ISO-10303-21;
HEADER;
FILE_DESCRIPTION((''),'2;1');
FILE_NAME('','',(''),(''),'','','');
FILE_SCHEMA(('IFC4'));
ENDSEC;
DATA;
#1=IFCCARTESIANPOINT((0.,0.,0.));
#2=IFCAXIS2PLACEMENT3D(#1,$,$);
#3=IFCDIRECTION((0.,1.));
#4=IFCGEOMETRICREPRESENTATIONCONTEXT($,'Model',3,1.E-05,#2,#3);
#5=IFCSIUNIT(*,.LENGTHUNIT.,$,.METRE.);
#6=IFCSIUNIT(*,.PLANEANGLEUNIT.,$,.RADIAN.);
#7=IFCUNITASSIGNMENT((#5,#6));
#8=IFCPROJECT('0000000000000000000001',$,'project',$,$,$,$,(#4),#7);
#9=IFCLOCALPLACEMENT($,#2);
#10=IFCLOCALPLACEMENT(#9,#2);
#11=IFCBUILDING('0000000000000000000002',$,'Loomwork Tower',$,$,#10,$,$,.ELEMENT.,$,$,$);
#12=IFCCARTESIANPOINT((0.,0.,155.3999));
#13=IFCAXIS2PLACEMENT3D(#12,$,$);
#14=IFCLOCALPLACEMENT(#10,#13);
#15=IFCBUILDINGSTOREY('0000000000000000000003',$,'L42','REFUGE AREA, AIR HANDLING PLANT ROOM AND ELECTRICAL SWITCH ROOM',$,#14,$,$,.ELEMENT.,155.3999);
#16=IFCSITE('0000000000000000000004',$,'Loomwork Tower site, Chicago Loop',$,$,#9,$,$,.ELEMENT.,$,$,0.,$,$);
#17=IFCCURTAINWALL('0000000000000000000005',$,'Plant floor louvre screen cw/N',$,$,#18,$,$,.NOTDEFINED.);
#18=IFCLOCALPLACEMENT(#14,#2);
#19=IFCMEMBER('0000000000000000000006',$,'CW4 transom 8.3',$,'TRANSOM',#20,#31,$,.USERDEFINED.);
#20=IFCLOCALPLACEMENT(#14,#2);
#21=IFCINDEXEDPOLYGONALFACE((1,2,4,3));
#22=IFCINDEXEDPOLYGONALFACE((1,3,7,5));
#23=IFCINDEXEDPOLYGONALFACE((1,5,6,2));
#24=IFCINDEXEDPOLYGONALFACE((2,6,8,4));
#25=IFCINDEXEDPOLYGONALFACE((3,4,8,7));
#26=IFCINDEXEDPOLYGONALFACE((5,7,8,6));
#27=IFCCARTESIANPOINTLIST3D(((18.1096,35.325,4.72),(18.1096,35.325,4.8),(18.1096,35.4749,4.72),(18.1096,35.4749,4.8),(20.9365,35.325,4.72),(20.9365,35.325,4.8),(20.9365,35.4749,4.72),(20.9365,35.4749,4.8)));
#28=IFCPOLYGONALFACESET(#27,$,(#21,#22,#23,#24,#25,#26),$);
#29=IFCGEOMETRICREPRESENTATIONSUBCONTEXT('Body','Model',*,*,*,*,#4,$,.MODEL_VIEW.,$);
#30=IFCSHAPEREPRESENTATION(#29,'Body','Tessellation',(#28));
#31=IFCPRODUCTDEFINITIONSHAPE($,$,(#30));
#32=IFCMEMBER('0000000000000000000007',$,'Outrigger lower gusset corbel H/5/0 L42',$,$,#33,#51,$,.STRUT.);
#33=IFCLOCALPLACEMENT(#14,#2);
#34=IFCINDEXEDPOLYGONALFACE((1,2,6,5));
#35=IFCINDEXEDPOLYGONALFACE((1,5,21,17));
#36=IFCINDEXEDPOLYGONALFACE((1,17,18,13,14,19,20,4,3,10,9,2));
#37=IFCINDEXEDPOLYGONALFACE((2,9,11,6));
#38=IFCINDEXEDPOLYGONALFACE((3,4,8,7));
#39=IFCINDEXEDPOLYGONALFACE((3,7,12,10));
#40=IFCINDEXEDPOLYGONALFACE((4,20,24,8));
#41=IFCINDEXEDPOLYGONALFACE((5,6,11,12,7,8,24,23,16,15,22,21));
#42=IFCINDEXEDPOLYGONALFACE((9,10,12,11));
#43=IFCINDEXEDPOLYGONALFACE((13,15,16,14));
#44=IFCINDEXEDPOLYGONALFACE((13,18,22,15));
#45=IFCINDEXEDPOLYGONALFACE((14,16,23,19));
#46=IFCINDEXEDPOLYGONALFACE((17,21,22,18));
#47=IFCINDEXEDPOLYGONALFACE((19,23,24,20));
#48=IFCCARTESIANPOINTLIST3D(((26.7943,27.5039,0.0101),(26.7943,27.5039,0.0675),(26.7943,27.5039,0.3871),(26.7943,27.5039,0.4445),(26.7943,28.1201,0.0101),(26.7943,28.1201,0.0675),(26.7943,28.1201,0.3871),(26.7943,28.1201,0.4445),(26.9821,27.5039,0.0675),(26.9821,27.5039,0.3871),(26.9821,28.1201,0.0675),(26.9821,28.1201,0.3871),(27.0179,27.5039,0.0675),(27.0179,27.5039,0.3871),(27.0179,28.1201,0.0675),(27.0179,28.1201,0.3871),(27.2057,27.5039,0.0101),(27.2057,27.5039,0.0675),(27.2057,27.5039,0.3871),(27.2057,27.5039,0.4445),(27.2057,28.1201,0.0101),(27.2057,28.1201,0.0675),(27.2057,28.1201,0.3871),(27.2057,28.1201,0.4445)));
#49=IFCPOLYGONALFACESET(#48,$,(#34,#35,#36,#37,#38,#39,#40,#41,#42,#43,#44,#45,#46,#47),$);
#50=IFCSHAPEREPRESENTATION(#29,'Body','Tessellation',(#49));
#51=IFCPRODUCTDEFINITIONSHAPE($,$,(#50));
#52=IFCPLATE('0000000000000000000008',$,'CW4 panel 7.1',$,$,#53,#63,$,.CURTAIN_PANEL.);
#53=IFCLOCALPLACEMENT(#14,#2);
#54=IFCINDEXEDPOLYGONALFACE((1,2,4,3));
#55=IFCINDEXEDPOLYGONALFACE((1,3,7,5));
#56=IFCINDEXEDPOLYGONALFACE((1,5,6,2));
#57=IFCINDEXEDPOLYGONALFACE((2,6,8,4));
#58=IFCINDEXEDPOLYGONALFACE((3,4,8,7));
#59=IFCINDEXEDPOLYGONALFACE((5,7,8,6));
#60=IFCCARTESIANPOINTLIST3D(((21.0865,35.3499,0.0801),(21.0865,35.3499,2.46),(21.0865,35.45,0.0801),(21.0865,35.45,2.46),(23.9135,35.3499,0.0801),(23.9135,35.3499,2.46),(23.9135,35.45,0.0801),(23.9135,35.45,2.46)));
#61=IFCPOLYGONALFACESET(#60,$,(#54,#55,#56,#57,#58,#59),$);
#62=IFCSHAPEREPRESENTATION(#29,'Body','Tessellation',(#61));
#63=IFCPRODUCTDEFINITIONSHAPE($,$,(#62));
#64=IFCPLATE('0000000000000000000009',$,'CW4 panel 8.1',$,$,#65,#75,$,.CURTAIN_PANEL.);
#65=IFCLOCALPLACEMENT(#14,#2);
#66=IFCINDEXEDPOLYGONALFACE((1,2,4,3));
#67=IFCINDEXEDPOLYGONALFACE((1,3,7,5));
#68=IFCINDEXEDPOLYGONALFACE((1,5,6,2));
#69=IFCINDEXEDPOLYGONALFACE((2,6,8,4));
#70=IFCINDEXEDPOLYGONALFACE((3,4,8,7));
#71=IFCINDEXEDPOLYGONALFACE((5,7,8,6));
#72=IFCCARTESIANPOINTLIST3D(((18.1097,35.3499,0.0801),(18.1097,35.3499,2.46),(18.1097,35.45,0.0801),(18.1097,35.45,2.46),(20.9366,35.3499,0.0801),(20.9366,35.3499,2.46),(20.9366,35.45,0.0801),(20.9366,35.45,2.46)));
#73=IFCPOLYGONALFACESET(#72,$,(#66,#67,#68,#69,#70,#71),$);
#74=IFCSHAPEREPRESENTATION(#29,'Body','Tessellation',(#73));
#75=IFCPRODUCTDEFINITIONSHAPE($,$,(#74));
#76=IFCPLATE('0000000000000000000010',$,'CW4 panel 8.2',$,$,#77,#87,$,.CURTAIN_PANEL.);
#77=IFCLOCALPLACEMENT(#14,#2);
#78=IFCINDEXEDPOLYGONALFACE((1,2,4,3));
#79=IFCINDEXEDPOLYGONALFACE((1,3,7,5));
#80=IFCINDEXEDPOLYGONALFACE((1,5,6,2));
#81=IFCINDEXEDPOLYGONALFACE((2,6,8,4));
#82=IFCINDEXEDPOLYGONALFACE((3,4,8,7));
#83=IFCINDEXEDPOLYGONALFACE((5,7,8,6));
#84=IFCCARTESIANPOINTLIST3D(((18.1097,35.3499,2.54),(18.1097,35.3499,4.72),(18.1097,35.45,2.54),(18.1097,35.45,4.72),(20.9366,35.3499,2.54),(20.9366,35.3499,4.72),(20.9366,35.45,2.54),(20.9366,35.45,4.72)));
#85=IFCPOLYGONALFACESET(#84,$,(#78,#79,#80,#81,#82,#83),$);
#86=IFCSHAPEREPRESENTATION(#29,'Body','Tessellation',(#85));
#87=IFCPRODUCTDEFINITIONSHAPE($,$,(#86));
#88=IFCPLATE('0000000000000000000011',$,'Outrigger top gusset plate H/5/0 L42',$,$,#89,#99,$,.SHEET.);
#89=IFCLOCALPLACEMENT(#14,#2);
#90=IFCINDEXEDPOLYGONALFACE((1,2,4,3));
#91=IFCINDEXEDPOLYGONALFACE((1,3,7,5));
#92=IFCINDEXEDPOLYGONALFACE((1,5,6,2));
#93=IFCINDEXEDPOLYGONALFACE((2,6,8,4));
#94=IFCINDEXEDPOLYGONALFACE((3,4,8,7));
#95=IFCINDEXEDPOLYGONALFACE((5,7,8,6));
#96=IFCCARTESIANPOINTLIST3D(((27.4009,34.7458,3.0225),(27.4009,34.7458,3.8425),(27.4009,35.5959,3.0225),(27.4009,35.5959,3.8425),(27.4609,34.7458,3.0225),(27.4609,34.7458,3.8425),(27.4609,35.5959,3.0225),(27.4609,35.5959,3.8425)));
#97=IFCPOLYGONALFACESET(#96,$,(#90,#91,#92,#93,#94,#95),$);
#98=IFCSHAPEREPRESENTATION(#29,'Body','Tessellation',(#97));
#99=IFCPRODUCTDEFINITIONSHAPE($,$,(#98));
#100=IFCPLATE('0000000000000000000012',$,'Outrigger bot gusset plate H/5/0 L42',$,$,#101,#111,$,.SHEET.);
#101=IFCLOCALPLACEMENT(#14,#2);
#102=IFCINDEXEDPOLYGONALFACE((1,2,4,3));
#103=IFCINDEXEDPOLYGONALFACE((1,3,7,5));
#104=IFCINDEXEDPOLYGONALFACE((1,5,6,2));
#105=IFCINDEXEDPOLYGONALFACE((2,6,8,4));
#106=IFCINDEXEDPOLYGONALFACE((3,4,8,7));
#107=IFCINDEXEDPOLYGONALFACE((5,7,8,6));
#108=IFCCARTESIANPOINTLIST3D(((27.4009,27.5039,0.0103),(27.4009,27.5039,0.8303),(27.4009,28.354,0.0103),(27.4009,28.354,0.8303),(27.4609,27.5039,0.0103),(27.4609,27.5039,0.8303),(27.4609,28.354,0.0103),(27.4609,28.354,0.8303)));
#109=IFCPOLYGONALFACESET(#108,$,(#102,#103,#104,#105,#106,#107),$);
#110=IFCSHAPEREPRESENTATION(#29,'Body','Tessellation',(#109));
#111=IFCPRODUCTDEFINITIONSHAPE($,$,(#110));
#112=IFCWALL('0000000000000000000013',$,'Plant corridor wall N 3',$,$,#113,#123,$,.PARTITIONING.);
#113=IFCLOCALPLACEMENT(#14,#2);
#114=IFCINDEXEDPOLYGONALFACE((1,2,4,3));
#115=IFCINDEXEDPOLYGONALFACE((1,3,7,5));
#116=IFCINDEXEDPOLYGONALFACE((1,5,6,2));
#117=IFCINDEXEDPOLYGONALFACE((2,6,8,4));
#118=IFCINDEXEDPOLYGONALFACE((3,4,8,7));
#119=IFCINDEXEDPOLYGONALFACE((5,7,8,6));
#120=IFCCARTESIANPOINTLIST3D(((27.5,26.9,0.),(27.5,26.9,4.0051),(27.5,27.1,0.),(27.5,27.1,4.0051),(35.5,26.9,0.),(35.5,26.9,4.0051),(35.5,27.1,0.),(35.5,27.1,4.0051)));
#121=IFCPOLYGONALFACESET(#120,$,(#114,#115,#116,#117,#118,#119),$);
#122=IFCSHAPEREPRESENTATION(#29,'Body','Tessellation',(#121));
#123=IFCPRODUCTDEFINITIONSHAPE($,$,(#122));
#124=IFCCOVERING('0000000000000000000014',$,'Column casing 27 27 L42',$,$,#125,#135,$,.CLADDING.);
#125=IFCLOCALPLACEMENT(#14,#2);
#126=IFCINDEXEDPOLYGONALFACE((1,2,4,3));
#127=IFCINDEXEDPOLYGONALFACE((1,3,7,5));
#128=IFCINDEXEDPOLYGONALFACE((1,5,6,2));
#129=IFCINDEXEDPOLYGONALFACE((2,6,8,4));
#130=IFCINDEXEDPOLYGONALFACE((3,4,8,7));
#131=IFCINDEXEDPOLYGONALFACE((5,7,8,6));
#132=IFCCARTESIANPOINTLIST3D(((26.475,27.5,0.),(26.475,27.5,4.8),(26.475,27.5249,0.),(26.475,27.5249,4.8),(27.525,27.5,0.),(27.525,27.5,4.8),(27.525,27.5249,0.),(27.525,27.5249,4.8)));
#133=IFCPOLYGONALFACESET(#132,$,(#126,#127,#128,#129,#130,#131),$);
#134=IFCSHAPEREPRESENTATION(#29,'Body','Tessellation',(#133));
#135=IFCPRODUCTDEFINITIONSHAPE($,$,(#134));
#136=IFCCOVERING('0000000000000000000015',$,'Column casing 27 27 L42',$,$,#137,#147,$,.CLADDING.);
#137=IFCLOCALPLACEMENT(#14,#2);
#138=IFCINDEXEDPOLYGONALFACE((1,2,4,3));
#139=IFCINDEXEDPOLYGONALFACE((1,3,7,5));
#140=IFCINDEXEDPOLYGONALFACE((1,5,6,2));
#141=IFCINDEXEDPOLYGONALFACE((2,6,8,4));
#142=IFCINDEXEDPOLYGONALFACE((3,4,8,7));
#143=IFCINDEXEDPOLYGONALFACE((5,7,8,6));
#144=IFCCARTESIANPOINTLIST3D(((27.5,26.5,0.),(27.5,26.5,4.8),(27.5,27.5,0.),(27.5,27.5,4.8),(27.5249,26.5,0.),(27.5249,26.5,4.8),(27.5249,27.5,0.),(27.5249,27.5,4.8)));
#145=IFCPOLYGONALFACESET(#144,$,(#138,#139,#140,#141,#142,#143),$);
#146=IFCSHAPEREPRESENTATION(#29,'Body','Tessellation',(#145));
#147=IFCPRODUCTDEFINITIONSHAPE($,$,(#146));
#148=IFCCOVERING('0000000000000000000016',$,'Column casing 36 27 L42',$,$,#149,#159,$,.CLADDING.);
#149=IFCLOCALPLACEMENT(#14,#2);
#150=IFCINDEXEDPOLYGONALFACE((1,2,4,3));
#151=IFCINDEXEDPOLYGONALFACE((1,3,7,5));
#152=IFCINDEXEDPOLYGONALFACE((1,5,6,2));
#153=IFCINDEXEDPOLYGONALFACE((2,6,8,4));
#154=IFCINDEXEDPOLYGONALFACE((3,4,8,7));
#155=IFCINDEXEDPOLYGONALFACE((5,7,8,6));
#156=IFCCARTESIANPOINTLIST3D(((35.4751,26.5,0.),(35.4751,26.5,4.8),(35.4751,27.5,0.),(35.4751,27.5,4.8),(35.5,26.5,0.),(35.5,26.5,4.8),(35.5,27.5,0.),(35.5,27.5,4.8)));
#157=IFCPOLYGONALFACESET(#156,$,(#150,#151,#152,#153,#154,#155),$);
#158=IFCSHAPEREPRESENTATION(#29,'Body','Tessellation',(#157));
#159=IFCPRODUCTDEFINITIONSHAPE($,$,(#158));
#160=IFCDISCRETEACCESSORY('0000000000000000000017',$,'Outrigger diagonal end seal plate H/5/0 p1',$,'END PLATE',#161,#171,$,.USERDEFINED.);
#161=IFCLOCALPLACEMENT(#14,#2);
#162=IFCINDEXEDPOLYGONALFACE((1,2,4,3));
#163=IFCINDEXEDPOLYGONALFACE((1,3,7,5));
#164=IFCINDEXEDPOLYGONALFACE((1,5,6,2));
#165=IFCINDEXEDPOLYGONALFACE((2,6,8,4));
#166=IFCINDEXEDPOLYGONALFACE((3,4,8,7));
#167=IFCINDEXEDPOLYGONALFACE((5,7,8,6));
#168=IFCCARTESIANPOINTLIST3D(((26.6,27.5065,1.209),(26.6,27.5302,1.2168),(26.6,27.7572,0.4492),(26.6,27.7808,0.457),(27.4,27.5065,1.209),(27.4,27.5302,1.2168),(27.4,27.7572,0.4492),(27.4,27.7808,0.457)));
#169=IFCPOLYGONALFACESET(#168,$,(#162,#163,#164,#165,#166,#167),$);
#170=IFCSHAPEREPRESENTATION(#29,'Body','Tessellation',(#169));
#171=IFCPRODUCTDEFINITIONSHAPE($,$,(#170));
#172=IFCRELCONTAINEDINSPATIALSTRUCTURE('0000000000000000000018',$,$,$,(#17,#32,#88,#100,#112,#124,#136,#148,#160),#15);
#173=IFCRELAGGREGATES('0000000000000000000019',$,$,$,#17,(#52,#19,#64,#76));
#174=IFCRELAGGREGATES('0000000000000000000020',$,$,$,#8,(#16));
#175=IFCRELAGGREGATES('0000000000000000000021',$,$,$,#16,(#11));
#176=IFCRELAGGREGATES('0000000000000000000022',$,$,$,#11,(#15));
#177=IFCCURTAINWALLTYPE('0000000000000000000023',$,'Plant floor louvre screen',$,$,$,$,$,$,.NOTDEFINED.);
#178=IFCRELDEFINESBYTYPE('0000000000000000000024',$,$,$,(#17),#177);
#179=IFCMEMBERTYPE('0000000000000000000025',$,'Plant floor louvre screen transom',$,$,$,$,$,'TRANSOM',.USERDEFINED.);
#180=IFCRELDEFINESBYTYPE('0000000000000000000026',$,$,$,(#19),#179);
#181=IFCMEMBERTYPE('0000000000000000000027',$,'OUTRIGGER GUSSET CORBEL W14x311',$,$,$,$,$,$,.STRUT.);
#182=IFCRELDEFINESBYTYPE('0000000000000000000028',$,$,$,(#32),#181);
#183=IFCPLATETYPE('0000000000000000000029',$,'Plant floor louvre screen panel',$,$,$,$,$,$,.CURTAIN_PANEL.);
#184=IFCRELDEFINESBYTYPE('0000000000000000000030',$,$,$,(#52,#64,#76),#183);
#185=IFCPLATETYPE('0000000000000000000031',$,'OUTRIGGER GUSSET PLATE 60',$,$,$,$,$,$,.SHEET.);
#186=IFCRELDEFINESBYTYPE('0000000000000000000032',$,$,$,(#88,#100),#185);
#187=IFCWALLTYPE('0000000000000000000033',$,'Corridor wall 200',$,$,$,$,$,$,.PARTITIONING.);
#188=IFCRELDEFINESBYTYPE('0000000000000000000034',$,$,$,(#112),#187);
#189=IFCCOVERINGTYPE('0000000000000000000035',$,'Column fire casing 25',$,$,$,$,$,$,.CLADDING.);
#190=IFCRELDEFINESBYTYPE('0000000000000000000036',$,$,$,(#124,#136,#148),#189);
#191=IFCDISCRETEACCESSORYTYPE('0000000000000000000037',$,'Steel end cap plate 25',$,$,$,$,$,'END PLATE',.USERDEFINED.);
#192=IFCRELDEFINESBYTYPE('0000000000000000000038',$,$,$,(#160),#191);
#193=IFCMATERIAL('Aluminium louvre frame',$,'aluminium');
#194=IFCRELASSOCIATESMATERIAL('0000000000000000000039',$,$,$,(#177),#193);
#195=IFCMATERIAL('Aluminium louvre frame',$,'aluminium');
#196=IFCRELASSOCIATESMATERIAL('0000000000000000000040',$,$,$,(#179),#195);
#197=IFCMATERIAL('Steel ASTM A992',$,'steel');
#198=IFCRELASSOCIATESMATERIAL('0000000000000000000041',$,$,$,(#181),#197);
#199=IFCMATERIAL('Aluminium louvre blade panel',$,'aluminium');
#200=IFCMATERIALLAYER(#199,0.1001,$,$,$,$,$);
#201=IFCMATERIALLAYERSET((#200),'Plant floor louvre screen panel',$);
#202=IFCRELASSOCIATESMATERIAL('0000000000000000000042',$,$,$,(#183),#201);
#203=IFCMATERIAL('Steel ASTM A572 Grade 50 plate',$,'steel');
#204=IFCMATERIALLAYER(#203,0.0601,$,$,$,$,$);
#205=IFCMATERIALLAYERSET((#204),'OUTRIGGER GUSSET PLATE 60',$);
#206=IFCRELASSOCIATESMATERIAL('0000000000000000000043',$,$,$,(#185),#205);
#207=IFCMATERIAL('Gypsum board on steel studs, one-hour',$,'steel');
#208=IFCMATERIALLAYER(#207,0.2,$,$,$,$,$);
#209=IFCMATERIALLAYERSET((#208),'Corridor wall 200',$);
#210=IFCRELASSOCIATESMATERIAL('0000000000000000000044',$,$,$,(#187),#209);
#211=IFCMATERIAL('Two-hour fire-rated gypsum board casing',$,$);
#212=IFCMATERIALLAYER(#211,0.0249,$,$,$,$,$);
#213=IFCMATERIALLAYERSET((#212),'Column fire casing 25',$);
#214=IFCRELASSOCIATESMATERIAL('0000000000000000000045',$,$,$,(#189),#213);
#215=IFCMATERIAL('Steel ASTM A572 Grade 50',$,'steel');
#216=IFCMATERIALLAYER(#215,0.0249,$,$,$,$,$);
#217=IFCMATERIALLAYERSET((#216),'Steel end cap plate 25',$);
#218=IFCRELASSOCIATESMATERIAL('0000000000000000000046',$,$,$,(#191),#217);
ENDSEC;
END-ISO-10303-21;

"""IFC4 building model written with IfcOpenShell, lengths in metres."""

from ifc_helpers import new_model, si_unit, direction, frame, frame_2d, origin, origin_2d, place, context, subcontext, project, spatial, rectangle, i_section, extrude, material, layer, layer_set, material_profile, profile_set, type_object, element, aggregate, save


model = new_model("IFC4")

# Units and contexts
model_context = context("Model", 3, precision=1e-05, world=origin(), true_north=direction((0.0, 1.0)))
body_context = subcontext(model_context, "Body", "Model", "MODEL_VIEW")
ifc_project = project(units=[si_unit("LENGTHUNIT", "METRE"), si_unit("PLANEANGLEUNIT", "RADIAN")], contexts=[model_context])

# Site, building, storey
site_placement = place(None, origin())
site = spatial("IfcSite", under=ifc_project, at=site_placement, Name="Loomwork Tower site, Chicago Loop", CompositionType="ELEMENT", RefElevation=0.0)
building_placement = place(site_placement, origin())
building = spatial("IfcBuilding", under=site, at=building_placement, Name="Loomwork Tower", CompositionType="ELEMENT")
storey_placement = place(building_placement, frame((0.0, 0.0, 155.3999)))
storey = spatial("IfcBuildingStorey", under=building, at=storey_placement, Name="L42", Description="REFUGE AREA, AIR HANDLING PLANT ROOM AND ELECTRICAL SWITCH ROOM", CompositionType="ELEMENT", Elevation=155.3999)

# Curtain wall, member
ifc_material_1 = material(Name="Aluminium louvre frame", Category="aluminium")
curtain_wall_type = type_object("IfcCurtainWallType", Name="Plant floor louvre screen", PredefinedType="NOTDEFINED", material=ifc_material_1)
curtain_wall_placement = place(storey_placement, origin())
curtain_wall = element("IfcCurtainWall", 1, at=curtain_wall_placement, inside=storey, type_object=curtain_wall_type, Name="Plant floor louvre screen cw/N", PredefinedType="NOTDEFINED")
ifc_material_2 = material(Name="Aluminium louvre frame", Category="aluminium")
ifc_material_profile_1 = material_profile(ifc_material_2, rectangle(XDim=0.1499, YDim=0.0801, at=origin_2d()), Name="AL 80x150")
ifc_profile_set_1 = profile_set([ifc_material_profile_1], Name="Aluminium louvre frame")
member_type_1 = type_object("IfcMemberType", Name="Plant floor louvre screen transom", ElementType="TRANSOM", PredefinedType="USERDEFINED", material=ifc_profile_set_1)
member_1_placement = place(storey_placement, frame((20.9365, 35.3999, 4.76), z_axis=(-1.0, 0.0, 0.0), x_axis=(0.0, -1.0, 0.0)))
member_1 = element("IfcMember", 2, at=member_1_placement, type_object=member_type_1, Name="CW4 transom 8.3", ObjectType="TRANSOM", PredefinedType="USERDEFINED", context=body_context, shape_type="SweptSolid", body=[
    extrude(rectangle(XDim=0.1499, YDim=0.0801, at=origin_2d()), origin(), (0.0, 0.0, 1.0), 2.8269),
])

# Member
ifc_material_3 = material(Name="Steel ASTM A992", Category="steel")
ifc_material_profile_2 = material_profile(ifc_material_3, i_section(OverallWidth=0.4114, OverallDepth=0.4343, WebThickness=0.0359, FlangeThickness=0.0574, at=origin_2d()), Name="W14x311")
ifc_profile_set_2 = profile_set([ifc_material_profile_2], Name="Steel ASTM A992")
member_type_2 = type_object("IfcMemberType", Name="OUTRIGGER GUSSET CORBEL W14x311", PredefinedType="STRUT", material=ifc_profile_set_2)
member_2_placement = place(storey_placement, frame((27.0, 27.5039, 0.2273), z_axis=(0.0, 1.0, 0.0), x_axis=(-1.0, 0.0, 0.0)))
element("IfcMember", 3, at=member_2_placement, inside=storey, type_object=member_type_2, Name="Outrigger lower gusset corbel H/5/0 L42", PredefinedType="STRUT", context=body_context, shape_type="SweptSolid", body=[
    extrude(i_section(OverallWidth=0.4114, OverallDepth=0.4343, WebThickness=0.0359, FlangeThickness=0.0574, at=origin_2d()), origin(), (0.0, 0.0, 1.0), 0.6162),
])

# Plates
ifc_material_4 = material(Name="Aluminium louvre blade panel", Category="aluminium")
ifc_layer_1 = layer(ifc_material_4, 0.1001)
ifc_layer_set_1 = layer_set([ifc_layer_1], Name="Plant floor louvre screen panel")
plate_type_1 = type_object("IfcPlateType", Name="Plant floor louvre screen panel", PredefinedType="CURTAIN_PANEL", material=ifc_layer_set_1)
plate_1_placement = place(storey_placement, frame((22.5, 35.3999, 0.0801), z_axis=(0.0, 0.0, 1.0), x_axis=(-1.0, 0.0, 0.0)))
plate_1 = element("IfcPlate", 4, at=plate_1_placement, type_object=plate_type_1, Name="CW4 panel 7.1", PredefinedType="CURTAIN_PANEL", context=body_context, shape_type="SweptSolid", body=[
    extrude(rectangle(XDim=2.8269, YDim=0.1001, at=origin_2d()), origin(), (0.0, 0.0, 1.0), 2.3799),
])
plate_2_placement = place(storey_placement, frame((19.5232, 35.3999, 0.0801), z_axis=(0.0, 0.0, 1.0), x_axis=(-1.0, 0.0, 0.0)))
plate_2 = element("IfcPlate", 5, at=plate_2_placement, type_object=plate_type_1, Name="CW4 panel 8.1", PredefinedType="CURTAIN_PANEL", context=body_context, shape_type="SweptSolid", body=[
    extrude(rectangle(XDim=2.8269, YDim=0.1001, at=origin_2d()), origin(), (0.0, 0.0, 1.0), 2.3799),
])
plate_3_placement = place(storey_placement, frame((19.5232, 35.3999, 2.54), z_axis=(0.0, 0.0, 1.0), x_axis=(-1.0, 0.0, 0.0)))
plate_3 = element("IfcPlate", 6, at=plate_3_placement, type_object=plate_type_1, Name="CW4 panel 8.2", PredefinedType="CURTAIN_PANEL", context=body_context, shape_type="SweptSolid", body=[
    extrude(rectangle(XDim=2.8269, YDim=0.1001, at=origin_2d()), origin(), (0.0, 0.0, 1.0), 2.1799),
])
aggregate(curtain_wall, [plate_1, member_1, plate_2, plate_3])

# Plates
ifc_material_5 = material(Name="Steel ASTM A572 Grade 50 plate", Category="steel")
ifc_layer_2 = layer(ifc_material_5, 0.0601)
ifc_layer_set_2 = layer_set([ifc_layer_2], Name="OUTRIGGER GUSSET PLATE 60")
plate_type_2 = type_object("IfcPlateType", Name="OUTRIGGER GUSSET PLATE 60", PredefinedType="SHEET", material=ifc_layer_set_2)
for number, where, z_axis, x_axis, name in (
    (7, (27.4309, 35.1709, 3.0225), (0.0, 0.0, 1.0), (0.0, 1.0, 0.0), "Outrigger top gusset plate H/5/0 L42"),
    (8, (27.4309, 27.929, 0.0103), (0.0, 0.0, 1.0), (0.0, 1.0, 0.0), "Outrigger bot gusset plate H/5/0 L42"),
):
    element("IfcPlate", number, at=place(storey_placement, frame(where, z_axis=z_axis, x_axis=x_axis)), inside=storey, type_object=plate_type_2, Name=name, PredefinedType="SHEET", context=body_context, shape_type="SweptSolid", body=[
        extrude(rectangle(XDim=0.8501, YDim=0.0601, at=origin_2d()), origin(), (0.0, 0.0, 1.0), 0.8201),
    ])

# Wall
ifc_material_6 = material(Name="Gypsum board on steel studs, one-hour", Category="steel")
ifc_layer_3 = layer(ifc_material_6, 0.2)
ifc_layer_set_3 = layer_set([ifc_layer_3], Name="Corridor wall 200")
wall_type = type_object("IfcWallType", Name="Corridor wall 200", PredefinedType="PARTITIONING", material=ifc_layer_set_3)
wall_placement = place(storey_placement, frame((27.5, 27.0, 0.0), z_axis=(0.0, 0.0, 1.0), x_axis=(1.0, 0.0, 0.0)))
element("IfcWall", 9, at=wall_placement, inside=storey, type_object=wall_type, Name="Plant corridor wall N 3", PredefinedType="PARTITIONING", context=body_context, shape_type="SweptSolid", body=[
    extrude(rectangle(XDim=8.0, YDim=0.2, at=frame_2d((4.0, 0.0))), origin(), (0.0, 0.0, 1.0), 4.0051),
])

# Coverings
ifc_material_7 = material(Name="Two-hour fire-rated gypsum board casing")
ifc_layer_4 = layer(ifc_material_7, 0.0249)
ifc_layer_set_4 = layer_set([ifc_layer_4], Name="Column fire casing 25")
covering_type = type_object("IfcCoveringType", Name="Column fire casing 25", PredefinedType="CLADDING", material=ifc_layer_set_4)
covering_placement = place(storey_placement, frame((27.0, 27.5125, 0.0), z_axis=(0.0, 0.0, 1.0), x_axis=(1.0, 0.0, 0.0)))
element("IfcCovering", 10, at=covering_placement, inside=storey, type_object=covering_type, Name="Column casing 27 27 L42", PredefinedType="CLADDING", context=body_context, shape_type="SweptSolid", body=[
    extrude(rectangle(XDim=1.05, YDim=0.0249, at=origin_2d()), origin(), (0.0, 0.0, 1.0), 4.8),
])
for number, where, z_axis, x_axis, name in (
    (11, (27.5125, 27.0, 0.0), (0.0, 0.0, 1.0), (1.0, 0.0, 0.0), "Column casing 27 27 L42"),
    (12, (35.4875, 27.0, 0.0), (0.0, 0.0, 1.0), (1.0, 0.0, 0.0), "Column casing 36 27 L42"),
):
    element("IfcCovering", number, at=place(storey_placement, frame(where, z_axis=z_axis, x_axis=x_axis)), inside=storey, type_object=covering_type, Name=name, PredefinedType="CLADDING", context=body_context, shape_type="SweptSolid", body=[
        extrude(rectangle(XDim=0.0249, YDim=1.0, at=origin_2d()), origin(), (0.0, 0.0, 1.0), 4.8),
    ])

# Discrete accessory
ifc_material_8 = material(Name="Steel ASTM A572 Grade 50", Category="steel")
ifc_layer_5 = layer(ifc_material_8, 0.0249)
ifc_layer_set_5 = layer_set([ifc_layer_5], Name="Steel end cap plate 25")
discrete_accessory_type = type_object("IfcDiscreteAccessoryType", Name="Steel end cap plate 25", ElementType="END PLATE", PredefinedType="USERDEFINED", material=ifc_layer_set_5)
discrete_accessory_placement = place(storey_placement, frame((27.0, 27.6555, 0.8369), z_axis=(0.0, -0.949658, -0.313289), x_axis=(1.0, 0.0, 0.0)))
element("IfcDiscreteAccessory", 13, at=discrete_accessory_placement, inside=storey, type_object=discrete_accessory_type, Name="Outrigger diagonal end seal plate H/5/0 p1", ObjectType="END PLATE", PredefinedType="USERDEFINED", context=body_context, shape_type="SweptSolid", body=[
    extrude(rectangle(XDim=0.8, YDim=0.8, at=origin_2d()), origin(), (0.0, 0.0, 1.0), 0.0249),
])

save(model, "model.ifc")
